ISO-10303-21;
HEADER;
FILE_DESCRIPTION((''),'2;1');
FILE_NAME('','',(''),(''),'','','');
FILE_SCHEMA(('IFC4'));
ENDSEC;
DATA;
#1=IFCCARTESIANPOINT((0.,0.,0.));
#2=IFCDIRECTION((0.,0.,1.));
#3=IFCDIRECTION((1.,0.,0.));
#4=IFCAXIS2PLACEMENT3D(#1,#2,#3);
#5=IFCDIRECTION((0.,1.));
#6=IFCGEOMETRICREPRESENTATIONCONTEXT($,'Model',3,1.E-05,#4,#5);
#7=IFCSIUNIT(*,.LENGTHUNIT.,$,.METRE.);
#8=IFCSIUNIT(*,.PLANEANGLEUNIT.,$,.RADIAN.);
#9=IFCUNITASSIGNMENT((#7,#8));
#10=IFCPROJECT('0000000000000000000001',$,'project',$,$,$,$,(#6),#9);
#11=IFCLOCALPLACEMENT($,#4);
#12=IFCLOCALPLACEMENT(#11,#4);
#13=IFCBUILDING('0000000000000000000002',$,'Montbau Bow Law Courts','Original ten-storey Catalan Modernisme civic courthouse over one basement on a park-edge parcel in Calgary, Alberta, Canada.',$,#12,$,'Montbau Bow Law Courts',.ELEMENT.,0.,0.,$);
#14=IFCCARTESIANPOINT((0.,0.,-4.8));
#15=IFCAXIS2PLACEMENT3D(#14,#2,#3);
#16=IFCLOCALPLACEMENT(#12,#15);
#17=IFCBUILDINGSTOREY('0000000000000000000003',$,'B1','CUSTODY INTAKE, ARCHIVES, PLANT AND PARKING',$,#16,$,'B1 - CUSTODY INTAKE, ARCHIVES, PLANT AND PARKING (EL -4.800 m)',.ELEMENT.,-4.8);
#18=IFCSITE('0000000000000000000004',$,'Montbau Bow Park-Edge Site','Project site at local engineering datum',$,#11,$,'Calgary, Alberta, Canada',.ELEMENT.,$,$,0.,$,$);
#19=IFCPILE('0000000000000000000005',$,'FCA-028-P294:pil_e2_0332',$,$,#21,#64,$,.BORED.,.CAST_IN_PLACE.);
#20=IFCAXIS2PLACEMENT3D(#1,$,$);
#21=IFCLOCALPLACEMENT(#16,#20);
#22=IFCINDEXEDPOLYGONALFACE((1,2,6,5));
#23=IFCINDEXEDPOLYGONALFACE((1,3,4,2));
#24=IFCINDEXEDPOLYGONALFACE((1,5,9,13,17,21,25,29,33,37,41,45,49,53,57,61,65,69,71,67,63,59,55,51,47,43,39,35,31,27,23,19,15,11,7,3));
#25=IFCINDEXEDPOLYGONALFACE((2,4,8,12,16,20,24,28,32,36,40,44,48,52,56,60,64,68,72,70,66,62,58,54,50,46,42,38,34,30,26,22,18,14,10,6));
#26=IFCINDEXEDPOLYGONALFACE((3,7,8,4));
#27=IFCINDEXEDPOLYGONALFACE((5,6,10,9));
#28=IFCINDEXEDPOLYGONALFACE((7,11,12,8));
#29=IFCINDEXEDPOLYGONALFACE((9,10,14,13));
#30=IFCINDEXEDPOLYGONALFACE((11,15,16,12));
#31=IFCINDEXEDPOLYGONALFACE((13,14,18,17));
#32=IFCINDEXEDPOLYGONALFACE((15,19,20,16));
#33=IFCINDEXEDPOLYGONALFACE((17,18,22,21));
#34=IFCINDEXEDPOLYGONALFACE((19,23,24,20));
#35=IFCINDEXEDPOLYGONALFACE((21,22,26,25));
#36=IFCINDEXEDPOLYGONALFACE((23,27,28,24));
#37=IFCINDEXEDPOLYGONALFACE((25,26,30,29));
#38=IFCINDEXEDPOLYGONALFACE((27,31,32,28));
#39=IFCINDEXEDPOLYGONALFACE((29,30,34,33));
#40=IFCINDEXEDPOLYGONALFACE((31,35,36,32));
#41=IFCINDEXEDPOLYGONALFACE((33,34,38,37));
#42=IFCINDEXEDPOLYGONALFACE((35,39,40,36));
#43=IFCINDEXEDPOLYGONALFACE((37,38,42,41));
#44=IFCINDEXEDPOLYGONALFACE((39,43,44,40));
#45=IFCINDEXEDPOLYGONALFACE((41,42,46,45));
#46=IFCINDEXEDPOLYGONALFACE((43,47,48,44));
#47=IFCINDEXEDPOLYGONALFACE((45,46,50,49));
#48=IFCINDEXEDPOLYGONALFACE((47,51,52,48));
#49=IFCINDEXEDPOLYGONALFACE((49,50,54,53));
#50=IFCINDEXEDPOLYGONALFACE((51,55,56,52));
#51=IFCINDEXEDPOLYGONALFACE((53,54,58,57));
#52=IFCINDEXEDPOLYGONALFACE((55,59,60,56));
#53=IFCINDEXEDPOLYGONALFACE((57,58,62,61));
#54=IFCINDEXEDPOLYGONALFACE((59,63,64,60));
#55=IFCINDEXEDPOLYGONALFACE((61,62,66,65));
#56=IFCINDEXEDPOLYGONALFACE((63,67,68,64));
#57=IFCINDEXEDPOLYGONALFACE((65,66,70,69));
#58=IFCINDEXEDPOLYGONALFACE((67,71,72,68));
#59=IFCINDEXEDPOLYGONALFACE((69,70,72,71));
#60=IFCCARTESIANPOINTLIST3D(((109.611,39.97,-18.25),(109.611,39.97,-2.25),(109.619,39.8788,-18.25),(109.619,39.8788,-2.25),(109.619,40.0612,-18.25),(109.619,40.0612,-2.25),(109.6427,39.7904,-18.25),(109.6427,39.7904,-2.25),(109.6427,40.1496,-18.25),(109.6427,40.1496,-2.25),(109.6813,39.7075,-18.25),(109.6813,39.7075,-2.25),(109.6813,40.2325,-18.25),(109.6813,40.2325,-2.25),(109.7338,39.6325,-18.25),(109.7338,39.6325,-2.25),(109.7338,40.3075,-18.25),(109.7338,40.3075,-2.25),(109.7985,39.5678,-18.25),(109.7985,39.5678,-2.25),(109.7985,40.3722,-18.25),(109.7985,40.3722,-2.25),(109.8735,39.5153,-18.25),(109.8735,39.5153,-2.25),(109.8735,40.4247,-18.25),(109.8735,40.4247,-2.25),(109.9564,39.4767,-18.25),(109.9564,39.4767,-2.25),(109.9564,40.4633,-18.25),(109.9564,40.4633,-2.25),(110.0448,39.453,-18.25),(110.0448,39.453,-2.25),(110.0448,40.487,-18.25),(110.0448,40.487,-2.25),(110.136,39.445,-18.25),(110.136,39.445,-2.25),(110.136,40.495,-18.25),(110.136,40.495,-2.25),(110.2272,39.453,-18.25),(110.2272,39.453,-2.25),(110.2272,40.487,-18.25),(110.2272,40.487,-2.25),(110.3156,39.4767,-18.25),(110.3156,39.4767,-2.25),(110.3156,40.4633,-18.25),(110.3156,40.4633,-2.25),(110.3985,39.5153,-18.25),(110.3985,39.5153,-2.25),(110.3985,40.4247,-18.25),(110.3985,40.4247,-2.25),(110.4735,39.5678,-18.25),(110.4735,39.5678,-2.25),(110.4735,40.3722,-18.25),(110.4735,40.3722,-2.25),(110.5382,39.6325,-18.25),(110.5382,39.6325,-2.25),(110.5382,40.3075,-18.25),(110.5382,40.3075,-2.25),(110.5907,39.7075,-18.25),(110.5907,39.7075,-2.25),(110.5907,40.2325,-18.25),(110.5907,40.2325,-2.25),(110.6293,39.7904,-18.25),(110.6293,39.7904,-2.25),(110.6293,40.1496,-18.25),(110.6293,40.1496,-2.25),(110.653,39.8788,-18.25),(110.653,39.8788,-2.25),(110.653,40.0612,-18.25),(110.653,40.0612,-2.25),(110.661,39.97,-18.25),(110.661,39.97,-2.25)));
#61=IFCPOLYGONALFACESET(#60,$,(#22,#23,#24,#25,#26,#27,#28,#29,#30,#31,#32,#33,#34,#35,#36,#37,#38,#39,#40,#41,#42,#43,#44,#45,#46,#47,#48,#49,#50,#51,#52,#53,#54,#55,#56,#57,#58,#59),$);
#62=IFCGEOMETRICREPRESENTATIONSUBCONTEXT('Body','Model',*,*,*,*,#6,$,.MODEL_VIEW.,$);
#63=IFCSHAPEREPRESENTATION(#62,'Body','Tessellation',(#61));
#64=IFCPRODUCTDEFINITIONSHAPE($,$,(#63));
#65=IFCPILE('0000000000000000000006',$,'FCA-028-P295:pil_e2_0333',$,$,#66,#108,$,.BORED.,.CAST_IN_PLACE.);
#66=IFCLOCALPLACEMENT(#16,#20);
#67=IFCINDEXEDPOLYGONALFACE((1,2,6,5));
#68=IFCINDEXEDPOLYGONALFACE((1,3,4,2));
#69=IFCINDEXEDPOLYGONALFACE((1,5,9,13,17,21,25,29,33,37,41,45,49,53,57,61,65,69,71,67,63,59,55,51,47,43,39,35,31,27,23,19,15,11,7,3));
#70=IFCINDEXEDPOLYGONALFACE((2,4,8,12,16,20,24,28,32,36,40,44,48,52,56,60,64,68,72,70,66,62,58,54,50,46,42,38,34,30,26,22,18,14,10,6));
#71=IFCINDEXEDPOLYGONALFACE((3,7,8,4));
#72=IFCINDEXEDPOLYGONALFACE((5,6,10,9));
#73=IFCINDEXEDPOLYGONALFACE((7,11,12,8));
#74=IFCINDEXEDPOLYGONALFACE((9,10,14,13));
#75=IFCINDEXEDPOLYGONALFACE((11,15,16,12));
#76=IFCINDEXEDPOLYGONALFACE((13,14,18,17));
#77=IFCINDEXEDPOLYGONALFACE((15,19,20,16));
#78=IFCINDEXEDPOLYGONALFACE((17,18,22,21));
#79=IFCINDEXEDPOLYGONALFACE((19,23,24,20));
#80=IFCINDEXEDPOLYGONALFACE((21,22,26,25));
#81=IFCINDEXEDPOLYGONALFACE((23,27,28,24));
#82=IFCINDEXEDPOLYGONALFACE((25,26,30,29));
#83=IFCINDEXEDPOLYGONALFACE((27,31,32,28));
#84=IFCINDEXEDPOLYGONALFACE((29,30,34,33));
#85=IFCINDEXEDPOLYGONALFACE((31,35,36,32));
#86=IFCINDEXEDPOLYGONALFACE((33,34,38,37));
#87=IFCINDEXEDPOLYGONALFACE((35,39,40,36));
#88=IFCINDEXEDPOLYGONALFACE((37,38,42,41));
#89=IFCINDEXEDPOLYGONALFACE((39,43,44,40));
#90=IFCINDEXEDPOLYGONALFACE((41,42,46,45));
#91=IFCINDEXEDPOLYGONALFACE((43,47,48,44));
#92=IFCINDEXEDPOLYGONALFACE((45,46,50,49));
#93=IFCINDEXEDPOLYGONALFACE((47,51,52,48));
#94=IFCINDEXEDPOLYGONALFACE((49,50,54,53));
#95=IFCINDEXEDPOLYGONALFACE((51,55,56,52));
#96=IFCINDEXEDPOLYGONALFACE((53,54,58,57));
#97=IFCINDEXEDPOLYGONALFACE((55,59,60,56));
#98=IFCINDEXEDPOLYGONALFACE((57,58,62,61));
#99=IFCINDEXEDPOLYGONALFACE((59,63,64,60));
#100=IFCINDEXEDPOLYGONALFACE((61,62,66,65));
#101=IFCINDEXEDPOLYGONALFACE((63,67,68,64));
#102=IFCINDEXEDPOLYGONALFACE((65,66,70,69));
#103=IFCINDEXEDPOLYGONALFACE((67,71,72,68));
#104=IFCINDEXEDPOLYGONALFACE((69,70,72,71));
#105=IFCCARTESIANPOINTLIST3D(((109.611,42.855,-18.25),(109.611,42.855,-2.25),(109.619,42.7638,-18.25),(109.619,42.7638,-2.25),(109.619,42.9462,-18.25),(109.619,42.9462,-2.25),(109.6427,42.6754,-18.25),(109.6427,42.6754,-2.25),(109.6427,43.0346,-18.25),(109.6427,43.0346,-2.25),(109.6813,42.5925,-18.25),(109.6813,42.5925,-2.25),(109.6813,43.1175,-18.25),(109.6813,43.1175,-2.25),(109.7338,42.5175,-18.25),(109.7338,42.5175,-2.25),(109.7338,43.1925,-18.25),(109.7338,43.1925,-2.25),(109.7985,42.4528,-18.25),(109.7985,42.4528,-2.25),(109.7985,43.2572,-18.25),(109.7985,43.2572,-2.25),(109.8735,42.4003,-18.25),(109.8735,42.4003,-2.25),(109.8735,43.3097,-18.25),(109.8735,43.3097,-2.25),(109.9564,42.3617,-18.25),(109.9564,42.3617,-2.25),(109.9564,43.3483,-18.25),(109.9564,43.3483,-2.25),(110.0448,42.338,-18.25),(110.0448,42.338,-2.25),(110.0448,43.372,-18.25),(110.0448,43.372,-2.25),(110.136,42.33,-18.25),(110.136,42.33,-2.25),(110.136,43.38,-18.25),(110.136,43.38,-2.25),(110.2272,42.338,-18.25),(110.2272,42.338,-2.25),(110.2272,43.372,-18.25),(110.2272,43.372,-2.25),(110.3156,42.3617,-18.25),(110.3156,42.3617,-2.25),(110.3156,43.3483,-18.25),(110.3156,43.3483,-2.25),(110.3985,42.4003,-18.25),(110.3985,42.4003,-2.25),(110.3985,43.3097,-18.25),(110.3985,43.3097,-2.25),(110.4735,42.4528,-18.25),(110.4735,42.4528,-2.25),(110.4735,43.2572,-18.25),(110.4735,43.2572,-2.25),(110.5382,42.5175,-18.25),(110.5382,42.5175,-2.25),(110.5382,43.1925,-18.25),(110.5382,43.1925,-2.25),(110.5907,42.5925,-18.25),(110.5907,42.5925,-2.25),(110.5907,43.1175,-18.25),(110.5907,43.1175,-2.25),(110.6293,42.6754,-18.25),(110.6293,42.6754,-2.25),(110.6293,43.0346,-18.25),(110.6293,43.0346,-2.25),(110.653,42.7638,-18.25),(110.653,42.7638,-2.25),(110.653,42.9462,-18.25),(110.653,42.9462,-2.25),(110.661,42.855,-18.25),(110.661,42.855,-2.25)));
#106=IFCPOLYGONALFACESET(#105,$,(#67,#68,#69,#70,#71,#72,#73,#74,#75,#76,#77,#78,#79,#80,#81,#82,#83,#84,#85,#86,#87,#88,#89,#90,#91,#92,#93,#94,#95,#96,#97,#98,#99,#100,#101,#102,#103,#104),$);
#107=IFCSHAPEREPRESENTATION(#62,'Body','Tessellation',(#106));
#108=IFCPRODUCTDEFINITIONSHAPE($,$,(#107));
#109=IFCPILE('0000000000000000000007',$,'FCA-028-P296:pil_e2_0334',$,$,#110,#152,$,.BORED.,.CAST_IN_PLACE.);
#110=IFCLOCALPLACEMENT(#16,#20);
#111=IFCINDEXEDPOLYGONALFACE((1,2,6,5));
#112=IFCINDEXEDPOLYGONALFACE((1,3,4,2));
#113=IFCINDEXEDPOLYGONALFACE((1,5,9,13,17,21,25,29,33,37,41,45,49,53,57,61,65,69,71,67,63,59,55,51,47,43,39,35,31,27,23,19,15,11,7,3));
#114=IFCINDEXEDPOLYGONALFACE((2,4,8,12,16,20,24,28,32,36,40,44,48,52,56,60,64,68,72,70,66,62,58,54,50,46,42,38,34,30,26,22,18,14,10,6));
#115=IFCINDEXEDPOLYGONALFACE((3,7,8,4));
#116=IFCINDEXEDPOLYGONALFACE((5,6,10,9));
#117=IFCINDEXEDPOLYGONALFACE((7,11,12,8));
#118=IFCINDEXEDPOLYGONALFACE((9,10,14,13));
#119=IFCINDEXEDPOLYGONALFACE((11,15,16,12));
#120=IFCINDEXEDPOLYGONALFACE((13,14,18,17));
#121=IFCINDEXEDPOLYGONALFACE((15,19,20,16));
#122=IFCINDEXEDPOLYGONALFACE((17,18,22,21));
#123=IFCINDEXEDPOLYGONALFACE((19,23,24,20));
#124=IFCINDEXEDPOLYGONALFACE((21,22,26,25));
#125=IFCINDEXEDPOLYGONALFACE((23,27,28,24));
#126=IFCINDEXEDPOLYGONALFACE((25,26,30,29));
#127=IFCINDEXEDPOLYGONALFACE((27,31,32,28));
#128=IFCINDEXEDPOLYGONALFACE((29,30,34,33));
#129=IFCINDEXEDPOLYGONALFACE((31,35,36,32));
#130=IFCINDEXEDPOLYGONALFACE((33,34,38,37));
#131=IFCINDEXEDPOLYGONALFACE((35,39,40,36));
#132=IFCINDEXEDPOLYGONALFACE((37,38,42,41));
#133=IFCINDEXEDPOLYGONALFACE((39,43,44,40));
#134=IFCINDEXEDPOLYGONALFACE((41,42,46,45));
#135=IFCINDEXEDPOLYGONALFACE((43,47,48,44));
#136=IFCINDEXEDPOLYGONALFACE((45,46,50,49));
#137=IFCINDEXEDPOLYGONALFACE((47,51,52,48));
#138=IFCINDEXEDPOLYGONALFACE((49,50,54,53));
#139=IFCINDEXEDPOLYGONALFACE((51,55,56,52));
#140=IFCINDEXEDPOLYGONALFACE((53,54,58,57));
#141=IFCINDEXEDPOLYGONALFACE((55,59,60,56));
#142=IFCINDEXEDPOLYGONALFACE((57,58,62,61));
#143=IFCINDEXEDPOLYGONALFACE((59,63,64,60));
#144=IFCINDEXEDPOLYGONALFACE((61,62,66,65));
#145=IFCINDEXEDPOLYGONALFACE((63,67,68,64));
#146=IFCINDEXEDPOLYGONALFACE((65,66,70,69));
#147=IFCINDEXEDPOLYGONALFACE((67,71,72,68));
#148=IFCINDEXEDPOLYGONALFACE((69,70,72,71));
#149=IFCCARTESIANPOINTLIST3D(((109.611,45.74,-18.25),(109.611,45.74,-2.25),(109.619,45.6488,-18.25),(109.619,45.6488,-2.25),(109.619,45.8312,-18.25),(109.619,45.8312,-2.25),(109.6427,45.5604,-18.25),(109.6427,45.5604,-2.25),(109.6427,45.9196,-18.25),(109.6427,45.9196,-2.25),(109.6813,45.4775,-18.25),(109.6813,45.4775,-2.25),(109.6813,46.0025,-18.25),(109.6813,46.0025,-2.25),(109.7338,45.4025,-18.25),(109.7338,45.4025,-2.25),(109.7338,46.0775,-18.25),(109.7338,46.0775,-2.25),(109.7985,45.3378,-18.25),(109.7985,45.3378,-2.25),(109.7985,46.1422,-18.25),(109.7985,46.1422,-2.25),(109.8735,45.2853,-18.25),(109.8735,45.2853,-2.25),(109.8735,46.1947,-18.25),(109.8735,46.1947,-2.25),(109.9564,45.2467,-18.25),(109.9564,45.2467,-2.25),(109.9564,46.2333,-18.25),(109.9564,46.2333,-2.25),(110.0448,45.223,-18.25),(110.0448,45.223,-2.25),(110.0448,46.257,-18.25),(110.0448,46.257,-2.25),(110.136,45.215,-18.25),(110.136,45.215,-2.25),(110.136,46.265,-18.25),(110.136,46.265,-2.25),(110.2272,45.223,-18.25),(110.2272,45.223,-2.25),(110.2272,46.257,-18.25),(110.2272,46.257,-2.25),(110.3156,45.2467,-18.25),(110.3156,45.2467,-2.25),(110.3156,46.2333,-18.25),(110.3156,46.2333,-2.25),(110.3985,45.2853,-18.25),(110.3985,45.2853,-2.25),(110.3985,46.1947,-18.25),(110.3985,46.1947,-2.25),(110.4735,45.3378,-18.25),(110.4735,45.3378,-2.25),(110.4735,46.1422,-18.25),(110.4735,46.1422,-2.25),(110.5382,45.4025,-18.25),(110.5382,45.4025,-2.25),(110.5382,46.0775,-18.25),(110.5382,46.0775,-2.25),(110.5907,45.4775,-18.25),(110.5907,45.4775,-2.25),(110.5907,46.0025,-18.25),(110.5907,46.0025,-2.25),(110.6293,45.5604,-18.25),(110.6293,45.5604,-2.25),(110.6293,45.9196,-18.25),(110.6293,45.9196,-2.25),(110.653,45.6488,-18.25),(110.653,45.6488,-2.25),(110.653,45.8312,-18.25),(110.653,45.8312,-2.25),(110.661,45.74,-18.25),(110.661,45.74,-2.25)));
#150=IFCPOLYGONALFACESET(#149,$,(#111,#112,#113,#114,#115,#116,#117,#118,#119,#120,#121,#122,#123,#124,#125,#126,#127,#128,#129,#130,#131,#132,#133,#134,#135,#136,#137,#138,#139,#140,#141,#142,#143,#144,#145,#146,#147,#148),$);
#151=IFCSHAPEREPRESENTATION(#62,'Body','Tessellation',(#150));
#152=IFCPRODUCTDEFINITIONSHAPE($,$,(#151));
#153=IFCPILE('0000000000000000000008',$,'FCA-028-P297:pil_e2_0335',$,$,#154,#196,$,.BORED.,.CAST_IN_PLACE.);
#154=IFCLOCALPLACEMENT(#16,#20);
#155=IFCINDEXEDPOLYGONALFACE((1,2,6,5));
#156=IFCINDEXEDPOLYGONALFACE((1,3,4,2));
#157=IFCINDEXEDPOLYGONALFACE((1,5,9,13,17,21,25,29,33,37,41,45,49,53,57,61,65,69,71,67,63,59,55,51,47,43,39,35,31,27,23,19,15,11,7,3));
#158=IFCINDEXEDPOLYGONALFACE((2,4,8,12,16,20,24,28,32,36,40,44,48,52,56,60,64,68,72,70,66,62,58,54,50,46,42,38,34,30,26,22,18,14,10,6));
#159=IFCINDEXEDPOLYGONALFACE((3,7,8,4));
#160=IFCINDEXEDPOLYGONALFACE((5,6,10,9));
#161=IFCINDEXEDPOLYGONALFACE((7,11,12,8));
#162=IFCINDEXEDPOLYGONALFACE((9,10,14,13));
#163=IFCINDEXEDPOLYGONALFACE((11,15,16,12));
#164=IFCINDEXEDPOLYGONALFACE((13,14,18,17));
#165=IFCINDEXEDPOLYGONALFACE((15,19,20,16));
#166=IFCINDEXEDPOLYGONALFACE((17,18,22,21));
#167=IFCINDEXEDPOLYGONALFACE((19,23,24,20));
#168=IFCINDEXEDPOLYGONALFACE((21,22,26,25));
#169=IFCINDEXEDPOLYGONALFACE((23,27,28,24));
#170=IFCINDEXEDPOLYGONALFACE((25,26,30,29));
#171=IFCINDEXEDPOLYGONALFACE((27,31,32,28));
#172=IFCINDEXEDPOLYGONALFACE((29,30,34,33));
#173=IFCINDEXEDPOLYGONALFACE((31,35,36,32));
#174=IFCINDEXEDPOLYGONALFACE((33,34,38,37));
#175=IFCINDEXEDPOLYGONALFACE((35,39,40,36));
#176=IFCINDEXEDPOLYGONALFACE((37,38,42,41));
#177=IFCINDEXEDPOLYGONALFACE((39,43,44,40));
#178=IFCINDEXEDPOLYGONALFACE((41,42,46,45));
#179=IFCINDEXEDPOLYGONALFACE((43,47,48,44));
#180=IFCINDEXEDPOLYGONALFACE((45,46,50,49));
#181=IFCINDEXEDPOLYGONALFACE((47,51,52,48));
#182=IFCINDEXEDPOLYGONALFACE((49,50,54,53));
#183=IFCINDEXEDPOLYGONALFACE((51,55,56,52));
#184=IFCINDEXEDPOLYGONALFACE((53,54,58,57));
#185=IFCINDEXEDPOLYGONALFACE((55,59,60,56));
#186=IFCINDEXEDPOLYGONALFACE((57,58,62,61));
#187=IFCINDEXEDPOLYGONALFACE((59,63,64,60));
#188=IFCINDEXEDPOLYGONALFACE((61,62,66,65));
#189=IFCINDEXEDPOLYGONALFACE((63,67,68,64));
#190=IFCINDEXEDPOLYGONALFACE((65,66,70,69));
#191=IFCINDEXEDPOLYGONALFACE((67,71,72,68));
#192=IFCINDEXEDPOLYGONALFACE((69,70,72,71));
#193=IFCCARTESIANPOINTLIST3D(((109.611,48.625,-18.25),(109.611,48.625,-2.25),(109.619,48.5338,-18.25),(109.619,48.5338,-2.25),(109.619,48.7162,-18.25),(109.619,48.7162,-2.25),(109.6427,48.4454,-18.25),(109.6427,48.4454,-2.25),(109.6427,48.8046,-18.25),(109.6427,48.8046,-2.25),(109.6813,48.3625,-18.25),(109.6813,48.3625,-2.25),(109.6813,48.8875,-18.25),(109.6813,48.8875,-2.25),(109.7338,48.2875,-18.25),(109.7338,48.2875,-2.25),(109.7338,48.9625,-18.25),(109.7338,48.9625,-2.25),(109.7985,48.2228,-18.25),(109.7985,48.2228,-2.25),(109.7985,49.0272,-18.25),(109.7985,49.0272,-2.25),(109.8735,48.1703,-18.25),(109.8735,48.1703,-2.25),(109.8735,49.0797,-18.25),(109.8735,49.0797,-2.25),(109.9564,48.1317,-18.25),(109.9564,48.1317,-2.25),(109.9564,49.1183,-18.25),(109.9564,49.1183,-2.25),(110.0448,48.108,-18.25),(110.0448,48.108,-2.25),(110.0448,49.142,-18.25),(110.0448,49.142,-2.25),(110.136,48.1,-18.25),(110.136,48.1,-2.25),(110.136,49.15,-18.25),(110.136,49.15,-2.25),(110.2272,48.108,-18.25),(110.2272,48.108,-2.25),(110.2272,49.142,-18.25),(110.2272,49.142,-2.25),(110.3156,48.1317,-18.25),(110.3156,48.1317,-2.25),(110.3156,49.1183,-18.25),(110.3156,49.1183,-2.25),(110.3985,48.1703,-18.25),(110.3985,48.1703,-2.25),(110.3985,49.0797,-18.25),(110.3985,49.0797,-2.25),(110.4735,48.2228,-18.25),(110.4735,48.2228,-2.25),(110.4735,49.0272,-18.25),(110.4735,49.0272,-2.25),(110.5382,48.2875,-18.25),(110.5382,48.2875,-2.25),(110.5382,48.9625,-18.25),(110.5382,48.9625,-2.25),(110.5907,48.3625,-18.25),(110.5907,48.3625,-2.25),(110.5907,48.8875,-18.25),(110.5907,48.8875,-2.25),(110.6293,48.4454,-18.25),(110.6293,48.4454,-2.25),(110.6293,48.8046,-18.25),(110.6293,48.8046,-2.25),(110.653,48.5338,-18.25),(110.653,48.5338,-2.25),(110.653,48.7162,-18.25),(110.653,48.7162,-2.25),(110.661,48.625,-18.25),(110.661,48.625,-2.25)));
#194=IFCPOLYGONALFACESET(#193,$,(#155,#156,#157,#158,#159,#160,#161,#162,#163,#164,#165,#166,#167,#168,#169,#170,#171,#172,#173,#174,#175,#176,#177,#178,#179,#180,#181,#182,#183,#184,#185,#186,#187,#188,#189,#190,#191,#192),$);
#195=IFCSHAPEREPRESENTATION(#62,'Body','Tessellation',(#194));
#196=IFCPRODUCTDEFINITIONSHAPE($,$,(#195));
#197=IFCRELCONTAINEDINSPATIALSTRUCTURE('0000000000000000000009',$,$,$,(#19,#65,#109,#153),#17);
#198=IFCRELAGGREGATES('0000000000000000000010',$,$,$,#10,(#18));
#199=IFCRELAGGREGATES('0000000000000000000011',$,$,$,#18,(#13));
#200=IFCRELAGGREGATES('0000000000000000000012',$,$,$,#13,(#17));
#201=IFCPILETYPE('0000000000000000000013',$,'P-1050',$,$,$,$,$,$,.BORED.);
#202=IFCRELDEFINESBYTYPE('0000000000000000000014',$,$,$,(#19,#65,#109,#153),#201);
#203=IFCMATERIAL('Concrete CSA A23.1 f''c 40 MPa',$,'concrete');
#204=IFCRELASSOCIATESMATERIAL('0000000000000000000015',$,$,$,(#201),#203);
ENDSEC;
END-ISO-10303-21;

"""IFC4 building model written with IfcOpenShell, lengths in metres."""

from ifc_helpers import new_model, si_unit, direction, frame, origin_with_axes, origin_2d_with_axis, place, context, subcontext, project, spatial, circle, extrude, material, material_profile, profile_set, type_object, element, save


model = new_model("IFC4")

# Units and contexts
model_context = context("Model", 3, precision=1e-05, world=origin_with_axes(), true_north=direction((0.0, 1.0)))
body_context = subcontext(model_context, "Body", "Model", "MODEL_VIEW")
ifc_project = project(units=[si_unit("LENGTHUNIT", "METRE"), si_unit("PLANEANGLEUNIT", "RADIAN")], contexts=[model_context])

# Site, building, storey
site_placement = place(None, origin_with_axes())
site = spatial("IfcSite", under=ifc_project, at=site_placement, Name="Montbau Bow Park-Edge Site", Description="Project site at local engineering datum", LongName="Calgary, Alberta, Canada", CompositionType="ELEMENT", RefElevation=0.0)
building_placement = place(site_placement, origin_with_axes())
building = spatial("IfcBuilding", under=site, at=building_placement, Name="Montbau Bow Law Courts", Description="Original ten-storey Catalan Modernisme civic courthouse over one basement on a park-edge parcel in Calgary, Alberta, Canada.", LongName="Montbau Bow Law Courts", CompositionType="ELEMENT", ElevationOfRefHeight=0.0, ElevationOfTerrain=0.0)
storey_placement = place(building_placement, frame((0.0, 0.0, -4.8), z_axis=(0.0, 0.0, 1.0), x_axis=(1.0, 0.0, 0.0)))
storey = spatial("IfcBuildingStorey", under=building, at=storey_placement, Name="B1", Description="CUSTODY INTAKE, ARCHIVES, PLANT AND PARKING", LongName="B1 - CUSTODY INTAKE, ARCHIVES, PLANT AND PARKING (EL -4.800 m)", CompositionType="ELEMENT", Elevation=-4.8)

# Piles
ifc_material = material(Name="Concrete CSA A23.1 f'c 40 MPa", Category="concrete")
ifc_material_profile = material_profile(ifc_material, circle(Radius=0.525, at=origin_2d_with_axis()), Name="BP1050", Category="Main", Priority=0)
ifc_profile_set = profile_set([ifc_material_profile], Name="Concrete CSA A23.1 f'c 40 MPa")
pile_type = type_object("IfcPileType", Name="P-1050", PredefinedType="BORED", material=ifc_profile_set)
for number, where, z_axis, x_axis, name in (
    (1, (110.136, 39.97, -23.05), (0.0, 0.0, 1.0), (1.0, 0.0, 0.0), "FCA-028-P294:pil_e2_0332"),
    (2, (110.136, 42.855, -23.05), (0.0, 0.0, 1.0), (1.0, 0.0, 0.0), "FCA-028-P295:pil_e2_0333"),
    (3, (110.136, 45.74, -23.05), (0.0, 0.0, 1.0), (1.0, 0.0, 0.0), "FCA-028-P296:pil_e2_0334"),
    (4, (110.136, 48.625, -23.05), (0.0, 0.0, 1.0), (1.0, 0.0, 0.0), "FCA-028-P297:pil_e2_0335"),
):
    element("IfcPile", number, at=place(None, frame(where, z_axis=z_axis, x_axis=x_axis)), inside=storey, type_object=pile_type, Name=name, ConstructionType="CAST_IN_PLACE", PredefinedType="BORED", context=body_context, shape_type="SweptSolid", body=[
        extrude(circle(Radius=0.525, at=origin_2d_with_axis()), origin_with_axes(), (0.0, 0.0, 1.0), 16.0),
    ])

save(model, "model.ifc")
